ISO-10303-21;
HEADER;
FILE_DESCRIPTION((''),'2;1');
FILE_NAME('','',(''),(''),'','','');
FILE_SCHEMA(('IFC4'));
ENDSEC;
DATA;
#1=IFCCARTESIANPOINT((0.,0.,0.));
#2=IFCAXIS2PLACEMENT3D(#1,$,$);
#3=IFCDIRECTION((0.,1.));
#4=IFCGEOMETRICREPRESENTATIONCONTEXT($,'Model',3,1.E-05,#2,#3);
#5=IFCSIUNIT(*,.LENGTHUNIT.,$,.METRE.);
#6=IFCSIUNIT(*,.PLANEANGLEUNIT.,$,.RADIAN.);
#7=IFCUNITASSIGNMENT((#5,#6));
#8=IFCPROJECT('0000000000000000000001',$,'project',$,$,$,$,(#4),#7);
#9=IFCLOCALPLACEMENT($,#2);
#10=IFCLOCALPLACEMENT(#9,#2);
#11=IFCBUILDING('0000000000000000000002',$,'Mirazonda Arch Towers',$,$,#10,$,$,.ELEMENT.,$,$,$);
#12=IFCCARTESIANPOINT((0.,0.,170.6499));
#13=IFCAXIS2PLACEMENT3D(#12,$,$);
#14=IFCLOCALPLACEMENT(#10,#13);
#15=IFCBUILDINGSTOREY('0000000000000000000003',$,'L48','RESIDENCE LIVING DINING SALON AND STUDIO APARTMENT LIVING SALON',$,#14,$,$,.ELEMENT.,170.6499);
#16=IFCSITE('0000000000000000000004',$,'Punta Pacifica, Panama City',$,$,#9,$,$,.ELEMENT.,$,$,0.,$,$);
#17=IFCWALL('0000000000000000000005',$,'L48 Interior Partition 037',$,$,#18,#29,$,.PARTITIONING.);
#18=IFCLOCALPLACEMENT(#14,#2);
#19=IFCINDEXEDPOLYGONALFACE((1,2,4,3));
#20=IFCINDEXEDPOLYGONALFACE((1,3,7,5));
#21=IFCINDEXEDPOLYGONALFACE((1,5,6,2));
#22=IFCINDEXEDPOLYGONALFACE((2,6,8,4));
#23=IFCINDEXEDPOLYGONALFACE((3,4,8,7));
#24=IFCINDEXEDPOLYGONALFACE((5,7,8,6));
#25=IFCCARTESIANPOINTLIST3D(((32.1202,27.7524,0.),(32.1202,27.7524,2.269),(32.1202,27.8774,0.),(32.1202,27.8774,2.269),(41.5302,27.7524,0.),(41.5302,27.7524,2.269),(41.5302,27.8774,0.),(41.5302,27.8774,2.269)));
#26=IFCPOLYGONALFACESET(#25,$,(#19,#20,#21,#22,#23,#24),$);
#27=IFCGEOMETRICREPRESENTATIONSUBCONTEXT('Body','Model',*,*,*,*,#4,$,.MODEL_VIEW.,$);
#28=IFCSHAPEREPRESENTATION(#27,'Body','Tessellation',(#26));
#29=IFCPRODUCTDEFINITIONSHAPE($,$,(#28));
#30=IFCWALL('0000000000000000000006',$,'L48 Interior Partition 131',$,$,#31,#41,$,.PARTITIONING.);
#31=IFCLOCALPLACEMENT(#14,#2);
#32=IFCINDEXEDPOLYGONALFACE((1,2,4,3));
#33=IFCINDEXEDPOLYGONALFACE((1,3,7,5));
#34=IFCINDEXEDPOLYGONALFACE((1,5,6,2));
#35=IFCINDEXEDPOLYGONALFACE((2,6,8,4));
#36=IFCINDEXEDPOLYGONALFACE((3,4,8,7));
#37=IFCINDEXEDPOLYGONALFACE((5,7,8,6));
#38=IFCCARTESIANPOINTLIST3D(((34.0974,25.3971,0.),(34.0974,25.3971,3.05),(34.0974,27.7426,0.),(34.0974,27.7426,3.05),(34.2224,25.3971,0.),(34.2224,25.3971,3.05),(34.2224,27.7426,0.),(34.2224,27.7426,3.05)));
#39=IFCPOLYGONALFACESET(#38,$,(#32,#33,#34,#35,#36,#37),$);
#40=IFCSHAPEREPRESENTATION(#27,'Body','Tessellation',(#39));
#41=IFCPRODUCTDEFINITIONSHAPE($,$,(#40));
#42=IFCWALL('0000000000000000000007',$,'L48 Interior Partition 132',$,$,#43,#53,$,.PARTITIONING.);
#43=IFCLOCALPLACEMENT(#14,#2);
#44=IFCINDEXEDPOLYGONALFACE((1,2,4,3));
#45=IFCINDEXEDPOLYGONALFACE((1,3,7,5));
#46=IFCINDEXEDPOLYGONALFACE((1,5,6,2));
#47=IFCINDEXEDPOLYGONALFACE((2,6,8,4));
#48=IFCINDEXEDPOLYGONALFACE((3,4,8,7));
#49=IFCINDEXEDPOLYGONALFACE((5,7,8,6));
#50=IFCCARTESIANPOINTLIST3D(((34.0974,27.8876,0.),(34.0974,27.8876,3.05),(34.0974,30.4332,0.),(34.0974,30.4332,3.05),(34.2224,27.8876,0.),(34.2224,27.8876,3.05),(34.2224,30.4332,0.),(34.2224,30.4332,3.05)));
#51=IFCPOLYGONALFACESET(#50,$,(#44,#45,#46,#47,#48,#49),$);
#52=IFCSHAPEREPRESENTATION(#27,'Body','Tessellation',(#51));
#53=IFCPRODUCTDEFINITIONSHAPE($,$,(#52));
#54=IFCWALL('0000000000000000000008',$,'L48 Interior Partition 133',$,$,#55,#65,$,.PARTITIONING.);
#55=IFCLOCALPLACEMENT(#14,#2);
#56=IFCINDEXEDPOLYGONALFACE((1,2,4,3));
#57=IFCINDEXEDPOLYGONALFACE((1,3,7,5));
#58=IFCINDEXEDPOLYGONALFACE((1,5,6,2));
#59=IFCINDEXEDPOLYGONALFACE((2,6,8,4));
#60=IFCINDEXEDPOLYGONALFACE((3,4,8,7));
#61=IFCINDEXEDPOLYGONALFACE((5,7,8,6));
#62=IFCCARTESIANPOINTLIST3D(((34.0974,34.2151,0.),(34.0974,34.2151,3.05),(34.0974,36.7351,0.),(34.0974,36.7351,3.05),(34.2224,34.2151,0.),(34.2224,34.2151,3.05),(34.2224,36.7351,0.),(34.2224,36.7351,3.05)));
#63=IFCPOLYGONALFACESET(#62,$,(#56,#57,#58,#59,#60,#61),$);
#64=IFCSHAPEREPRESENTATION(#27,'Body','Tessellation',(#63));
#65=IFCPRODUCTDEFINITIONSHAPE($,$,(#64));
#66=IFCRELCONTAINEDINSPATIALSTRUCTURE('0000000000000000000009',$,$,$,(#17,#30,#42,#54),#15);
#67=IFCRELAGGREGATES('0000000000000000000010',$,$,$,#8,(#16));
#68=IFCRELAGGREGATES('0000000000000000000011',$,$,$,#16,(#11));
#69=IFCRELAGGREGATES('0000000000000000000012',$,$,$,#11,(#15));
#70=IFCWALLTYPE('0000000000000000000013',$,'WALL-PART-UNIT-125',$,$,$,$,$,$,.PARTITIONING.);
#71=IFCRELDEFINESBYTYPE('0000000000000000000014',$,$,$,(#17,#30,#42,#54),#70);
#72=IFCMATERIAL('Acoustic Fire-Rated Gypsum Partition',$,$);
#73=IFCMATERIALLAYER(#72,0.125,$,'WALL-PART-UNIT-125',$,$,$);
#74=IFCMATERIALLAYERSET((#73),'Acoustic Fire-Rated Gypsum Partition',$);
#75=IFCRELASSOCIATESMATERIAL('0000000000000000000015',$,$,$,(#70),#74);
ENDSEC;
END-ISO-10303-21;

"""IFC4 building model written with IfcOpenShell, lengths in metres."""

from ifc_helpers import new_model, si_unit, direction, frame, frame_2d, origin, place, context, subcontext, project, spatial, rectangle, extrude, material, layer, layer_set, type_object, element, save


model = new_model("IFC4")

# Units and contexts
model_context = context("Model", 3, precision=1e-05, world=origin(), true_north=direction((0.0, 1.0)))
body_context = subcontext(model_context, "Body", "Model", "MODEL_VIEW")
ifc_project = project(units=[si_unit("LENGTHUNIT", "METRE"), si_unit("PLANEANGLEUNIT", "RADIAN")], contexts=[model_context])

# Site, building, storey
site_placement = place(None, origin())
site = spatial("IfcSite", under=ifc_project, at=site_placement, Name="Punta Pacifica, Panama City", CompositionType="ELEMENT", RefElevation=0.0)
building_placement = place(site_placement, origin())
building = spatial("IfcBuilding", under=site, at=building_placement, Name="Mirazonda Arch Towers", CompositionType="ELEMENT")
storey_placement = place(building_placement, frame((0.0, 0.0, 170.6499)))
storey = spatial("IfcBuildingStorey", under=building, at=storey_placement, Name="L48", Description="RESIDENCE LIVING DINING SALON AND STUDIO APARTMENT LIVING SALON", CompositionType="ELEMENT", Elevation=170.6499)

# Walls
ifc_material_1 = material(Name="Acoustic Fire-Rated Gypsum Partition")
ifc_layer_1 = layer(ifc_material_1, 0.125, Name="WALL-PART-UNIT-125")
ifc_layer_set_1 = layer_set([ifc_layer_1], Name="Acoustic Fire-Rated Gypsum Partition")
wall_type_1 = type_object("IfcWallType", Name="WALL-PART-UNIT-125", PredefinedType="PARTITIONING", material=ifc_layer_set_1)
wall_1_placement = place(storey_placement, frame((32.1201, 27.8149, 0.0), z_axis=(0.0, 0.0, 1.0), x_axis=(1.0, 0.0, 0.0)))
element("IfcWall", 1, at=wall_1_placement, inside=storey, type_object=wall_type_1, Name="L48 Interior Partition 037", PredefinedType="PARTITIONING", context=body_context, shape_type="SweptSolid", body=[
    extrude(rectangle(XDim=9.4099, YDim=0.125, at=frame_2d((4.7051, 0.0))), origin(), (0.0, 0.0, 1.0), 2.269),
])
wall_2_placement = place(storey_placement, frame((34.1599, 25.397, 0.0), z_axis=(0.0, 0.0, 1.0), x_axis=(0.0, 1.0, 0.0)))
element("IfcWall", 2, at=wall_2_placement, inside=storey, type_object=wall_type_1, Name="L48 Interior Partition 131", PredefinedType="PARTITIONING", context=body_context, shape_type="SweptSolid", body=[
    extrude(rectangle(XDim=2.3455, YDim=0.125, at=frame_2d((1.1729, 0.0))), origin(), (0.0, 0.0, 1.0), 3.05),
])
wall_3_placement = place(storey_placement, frame((34.1599, 27.8875, 0.0), z_axis=(0.0, 0.0, 1.0), x_axis=(0.0, 1.0, 0.0)))
element("IfcWall", 3, at=wall_3_placement, inside=storey, type_object=wall_type_1, Name="L48 Interior Partition 132", PredefinedType="PARTITIONING", context=body_context, shape_type="SweptSolid", body=[
    extrude(rectangle(XDim=2.5457, YDim=0.125, at=frame_2d((1.2729, 0.0))), origin(), (0.0, 0.0, 1.0), 3.05),
])
wall_4_placement = place(storey_placement, frame((34.1599, 34.2151, 0.0), z_axis=(0.0, 0.0, 1.0), x_axis=(0.0, 1.0, 0.0)))
element("IfcWall", 4, at=wall_4_placement, inside=storey, type_object=wall_type_1, Name="L48 Interior Partition 133", PredefinedType="PARTITIONING", context=body_context, shape_type="SweptSolid", body=[
    extrude(rectangle(XDim=2.52, YDim=0.125, at=frame_2d((1.26, 0.0))), origin(), (0.0, 0.0, 1.0), 3.05),
])

save(model, "model.ifc")
